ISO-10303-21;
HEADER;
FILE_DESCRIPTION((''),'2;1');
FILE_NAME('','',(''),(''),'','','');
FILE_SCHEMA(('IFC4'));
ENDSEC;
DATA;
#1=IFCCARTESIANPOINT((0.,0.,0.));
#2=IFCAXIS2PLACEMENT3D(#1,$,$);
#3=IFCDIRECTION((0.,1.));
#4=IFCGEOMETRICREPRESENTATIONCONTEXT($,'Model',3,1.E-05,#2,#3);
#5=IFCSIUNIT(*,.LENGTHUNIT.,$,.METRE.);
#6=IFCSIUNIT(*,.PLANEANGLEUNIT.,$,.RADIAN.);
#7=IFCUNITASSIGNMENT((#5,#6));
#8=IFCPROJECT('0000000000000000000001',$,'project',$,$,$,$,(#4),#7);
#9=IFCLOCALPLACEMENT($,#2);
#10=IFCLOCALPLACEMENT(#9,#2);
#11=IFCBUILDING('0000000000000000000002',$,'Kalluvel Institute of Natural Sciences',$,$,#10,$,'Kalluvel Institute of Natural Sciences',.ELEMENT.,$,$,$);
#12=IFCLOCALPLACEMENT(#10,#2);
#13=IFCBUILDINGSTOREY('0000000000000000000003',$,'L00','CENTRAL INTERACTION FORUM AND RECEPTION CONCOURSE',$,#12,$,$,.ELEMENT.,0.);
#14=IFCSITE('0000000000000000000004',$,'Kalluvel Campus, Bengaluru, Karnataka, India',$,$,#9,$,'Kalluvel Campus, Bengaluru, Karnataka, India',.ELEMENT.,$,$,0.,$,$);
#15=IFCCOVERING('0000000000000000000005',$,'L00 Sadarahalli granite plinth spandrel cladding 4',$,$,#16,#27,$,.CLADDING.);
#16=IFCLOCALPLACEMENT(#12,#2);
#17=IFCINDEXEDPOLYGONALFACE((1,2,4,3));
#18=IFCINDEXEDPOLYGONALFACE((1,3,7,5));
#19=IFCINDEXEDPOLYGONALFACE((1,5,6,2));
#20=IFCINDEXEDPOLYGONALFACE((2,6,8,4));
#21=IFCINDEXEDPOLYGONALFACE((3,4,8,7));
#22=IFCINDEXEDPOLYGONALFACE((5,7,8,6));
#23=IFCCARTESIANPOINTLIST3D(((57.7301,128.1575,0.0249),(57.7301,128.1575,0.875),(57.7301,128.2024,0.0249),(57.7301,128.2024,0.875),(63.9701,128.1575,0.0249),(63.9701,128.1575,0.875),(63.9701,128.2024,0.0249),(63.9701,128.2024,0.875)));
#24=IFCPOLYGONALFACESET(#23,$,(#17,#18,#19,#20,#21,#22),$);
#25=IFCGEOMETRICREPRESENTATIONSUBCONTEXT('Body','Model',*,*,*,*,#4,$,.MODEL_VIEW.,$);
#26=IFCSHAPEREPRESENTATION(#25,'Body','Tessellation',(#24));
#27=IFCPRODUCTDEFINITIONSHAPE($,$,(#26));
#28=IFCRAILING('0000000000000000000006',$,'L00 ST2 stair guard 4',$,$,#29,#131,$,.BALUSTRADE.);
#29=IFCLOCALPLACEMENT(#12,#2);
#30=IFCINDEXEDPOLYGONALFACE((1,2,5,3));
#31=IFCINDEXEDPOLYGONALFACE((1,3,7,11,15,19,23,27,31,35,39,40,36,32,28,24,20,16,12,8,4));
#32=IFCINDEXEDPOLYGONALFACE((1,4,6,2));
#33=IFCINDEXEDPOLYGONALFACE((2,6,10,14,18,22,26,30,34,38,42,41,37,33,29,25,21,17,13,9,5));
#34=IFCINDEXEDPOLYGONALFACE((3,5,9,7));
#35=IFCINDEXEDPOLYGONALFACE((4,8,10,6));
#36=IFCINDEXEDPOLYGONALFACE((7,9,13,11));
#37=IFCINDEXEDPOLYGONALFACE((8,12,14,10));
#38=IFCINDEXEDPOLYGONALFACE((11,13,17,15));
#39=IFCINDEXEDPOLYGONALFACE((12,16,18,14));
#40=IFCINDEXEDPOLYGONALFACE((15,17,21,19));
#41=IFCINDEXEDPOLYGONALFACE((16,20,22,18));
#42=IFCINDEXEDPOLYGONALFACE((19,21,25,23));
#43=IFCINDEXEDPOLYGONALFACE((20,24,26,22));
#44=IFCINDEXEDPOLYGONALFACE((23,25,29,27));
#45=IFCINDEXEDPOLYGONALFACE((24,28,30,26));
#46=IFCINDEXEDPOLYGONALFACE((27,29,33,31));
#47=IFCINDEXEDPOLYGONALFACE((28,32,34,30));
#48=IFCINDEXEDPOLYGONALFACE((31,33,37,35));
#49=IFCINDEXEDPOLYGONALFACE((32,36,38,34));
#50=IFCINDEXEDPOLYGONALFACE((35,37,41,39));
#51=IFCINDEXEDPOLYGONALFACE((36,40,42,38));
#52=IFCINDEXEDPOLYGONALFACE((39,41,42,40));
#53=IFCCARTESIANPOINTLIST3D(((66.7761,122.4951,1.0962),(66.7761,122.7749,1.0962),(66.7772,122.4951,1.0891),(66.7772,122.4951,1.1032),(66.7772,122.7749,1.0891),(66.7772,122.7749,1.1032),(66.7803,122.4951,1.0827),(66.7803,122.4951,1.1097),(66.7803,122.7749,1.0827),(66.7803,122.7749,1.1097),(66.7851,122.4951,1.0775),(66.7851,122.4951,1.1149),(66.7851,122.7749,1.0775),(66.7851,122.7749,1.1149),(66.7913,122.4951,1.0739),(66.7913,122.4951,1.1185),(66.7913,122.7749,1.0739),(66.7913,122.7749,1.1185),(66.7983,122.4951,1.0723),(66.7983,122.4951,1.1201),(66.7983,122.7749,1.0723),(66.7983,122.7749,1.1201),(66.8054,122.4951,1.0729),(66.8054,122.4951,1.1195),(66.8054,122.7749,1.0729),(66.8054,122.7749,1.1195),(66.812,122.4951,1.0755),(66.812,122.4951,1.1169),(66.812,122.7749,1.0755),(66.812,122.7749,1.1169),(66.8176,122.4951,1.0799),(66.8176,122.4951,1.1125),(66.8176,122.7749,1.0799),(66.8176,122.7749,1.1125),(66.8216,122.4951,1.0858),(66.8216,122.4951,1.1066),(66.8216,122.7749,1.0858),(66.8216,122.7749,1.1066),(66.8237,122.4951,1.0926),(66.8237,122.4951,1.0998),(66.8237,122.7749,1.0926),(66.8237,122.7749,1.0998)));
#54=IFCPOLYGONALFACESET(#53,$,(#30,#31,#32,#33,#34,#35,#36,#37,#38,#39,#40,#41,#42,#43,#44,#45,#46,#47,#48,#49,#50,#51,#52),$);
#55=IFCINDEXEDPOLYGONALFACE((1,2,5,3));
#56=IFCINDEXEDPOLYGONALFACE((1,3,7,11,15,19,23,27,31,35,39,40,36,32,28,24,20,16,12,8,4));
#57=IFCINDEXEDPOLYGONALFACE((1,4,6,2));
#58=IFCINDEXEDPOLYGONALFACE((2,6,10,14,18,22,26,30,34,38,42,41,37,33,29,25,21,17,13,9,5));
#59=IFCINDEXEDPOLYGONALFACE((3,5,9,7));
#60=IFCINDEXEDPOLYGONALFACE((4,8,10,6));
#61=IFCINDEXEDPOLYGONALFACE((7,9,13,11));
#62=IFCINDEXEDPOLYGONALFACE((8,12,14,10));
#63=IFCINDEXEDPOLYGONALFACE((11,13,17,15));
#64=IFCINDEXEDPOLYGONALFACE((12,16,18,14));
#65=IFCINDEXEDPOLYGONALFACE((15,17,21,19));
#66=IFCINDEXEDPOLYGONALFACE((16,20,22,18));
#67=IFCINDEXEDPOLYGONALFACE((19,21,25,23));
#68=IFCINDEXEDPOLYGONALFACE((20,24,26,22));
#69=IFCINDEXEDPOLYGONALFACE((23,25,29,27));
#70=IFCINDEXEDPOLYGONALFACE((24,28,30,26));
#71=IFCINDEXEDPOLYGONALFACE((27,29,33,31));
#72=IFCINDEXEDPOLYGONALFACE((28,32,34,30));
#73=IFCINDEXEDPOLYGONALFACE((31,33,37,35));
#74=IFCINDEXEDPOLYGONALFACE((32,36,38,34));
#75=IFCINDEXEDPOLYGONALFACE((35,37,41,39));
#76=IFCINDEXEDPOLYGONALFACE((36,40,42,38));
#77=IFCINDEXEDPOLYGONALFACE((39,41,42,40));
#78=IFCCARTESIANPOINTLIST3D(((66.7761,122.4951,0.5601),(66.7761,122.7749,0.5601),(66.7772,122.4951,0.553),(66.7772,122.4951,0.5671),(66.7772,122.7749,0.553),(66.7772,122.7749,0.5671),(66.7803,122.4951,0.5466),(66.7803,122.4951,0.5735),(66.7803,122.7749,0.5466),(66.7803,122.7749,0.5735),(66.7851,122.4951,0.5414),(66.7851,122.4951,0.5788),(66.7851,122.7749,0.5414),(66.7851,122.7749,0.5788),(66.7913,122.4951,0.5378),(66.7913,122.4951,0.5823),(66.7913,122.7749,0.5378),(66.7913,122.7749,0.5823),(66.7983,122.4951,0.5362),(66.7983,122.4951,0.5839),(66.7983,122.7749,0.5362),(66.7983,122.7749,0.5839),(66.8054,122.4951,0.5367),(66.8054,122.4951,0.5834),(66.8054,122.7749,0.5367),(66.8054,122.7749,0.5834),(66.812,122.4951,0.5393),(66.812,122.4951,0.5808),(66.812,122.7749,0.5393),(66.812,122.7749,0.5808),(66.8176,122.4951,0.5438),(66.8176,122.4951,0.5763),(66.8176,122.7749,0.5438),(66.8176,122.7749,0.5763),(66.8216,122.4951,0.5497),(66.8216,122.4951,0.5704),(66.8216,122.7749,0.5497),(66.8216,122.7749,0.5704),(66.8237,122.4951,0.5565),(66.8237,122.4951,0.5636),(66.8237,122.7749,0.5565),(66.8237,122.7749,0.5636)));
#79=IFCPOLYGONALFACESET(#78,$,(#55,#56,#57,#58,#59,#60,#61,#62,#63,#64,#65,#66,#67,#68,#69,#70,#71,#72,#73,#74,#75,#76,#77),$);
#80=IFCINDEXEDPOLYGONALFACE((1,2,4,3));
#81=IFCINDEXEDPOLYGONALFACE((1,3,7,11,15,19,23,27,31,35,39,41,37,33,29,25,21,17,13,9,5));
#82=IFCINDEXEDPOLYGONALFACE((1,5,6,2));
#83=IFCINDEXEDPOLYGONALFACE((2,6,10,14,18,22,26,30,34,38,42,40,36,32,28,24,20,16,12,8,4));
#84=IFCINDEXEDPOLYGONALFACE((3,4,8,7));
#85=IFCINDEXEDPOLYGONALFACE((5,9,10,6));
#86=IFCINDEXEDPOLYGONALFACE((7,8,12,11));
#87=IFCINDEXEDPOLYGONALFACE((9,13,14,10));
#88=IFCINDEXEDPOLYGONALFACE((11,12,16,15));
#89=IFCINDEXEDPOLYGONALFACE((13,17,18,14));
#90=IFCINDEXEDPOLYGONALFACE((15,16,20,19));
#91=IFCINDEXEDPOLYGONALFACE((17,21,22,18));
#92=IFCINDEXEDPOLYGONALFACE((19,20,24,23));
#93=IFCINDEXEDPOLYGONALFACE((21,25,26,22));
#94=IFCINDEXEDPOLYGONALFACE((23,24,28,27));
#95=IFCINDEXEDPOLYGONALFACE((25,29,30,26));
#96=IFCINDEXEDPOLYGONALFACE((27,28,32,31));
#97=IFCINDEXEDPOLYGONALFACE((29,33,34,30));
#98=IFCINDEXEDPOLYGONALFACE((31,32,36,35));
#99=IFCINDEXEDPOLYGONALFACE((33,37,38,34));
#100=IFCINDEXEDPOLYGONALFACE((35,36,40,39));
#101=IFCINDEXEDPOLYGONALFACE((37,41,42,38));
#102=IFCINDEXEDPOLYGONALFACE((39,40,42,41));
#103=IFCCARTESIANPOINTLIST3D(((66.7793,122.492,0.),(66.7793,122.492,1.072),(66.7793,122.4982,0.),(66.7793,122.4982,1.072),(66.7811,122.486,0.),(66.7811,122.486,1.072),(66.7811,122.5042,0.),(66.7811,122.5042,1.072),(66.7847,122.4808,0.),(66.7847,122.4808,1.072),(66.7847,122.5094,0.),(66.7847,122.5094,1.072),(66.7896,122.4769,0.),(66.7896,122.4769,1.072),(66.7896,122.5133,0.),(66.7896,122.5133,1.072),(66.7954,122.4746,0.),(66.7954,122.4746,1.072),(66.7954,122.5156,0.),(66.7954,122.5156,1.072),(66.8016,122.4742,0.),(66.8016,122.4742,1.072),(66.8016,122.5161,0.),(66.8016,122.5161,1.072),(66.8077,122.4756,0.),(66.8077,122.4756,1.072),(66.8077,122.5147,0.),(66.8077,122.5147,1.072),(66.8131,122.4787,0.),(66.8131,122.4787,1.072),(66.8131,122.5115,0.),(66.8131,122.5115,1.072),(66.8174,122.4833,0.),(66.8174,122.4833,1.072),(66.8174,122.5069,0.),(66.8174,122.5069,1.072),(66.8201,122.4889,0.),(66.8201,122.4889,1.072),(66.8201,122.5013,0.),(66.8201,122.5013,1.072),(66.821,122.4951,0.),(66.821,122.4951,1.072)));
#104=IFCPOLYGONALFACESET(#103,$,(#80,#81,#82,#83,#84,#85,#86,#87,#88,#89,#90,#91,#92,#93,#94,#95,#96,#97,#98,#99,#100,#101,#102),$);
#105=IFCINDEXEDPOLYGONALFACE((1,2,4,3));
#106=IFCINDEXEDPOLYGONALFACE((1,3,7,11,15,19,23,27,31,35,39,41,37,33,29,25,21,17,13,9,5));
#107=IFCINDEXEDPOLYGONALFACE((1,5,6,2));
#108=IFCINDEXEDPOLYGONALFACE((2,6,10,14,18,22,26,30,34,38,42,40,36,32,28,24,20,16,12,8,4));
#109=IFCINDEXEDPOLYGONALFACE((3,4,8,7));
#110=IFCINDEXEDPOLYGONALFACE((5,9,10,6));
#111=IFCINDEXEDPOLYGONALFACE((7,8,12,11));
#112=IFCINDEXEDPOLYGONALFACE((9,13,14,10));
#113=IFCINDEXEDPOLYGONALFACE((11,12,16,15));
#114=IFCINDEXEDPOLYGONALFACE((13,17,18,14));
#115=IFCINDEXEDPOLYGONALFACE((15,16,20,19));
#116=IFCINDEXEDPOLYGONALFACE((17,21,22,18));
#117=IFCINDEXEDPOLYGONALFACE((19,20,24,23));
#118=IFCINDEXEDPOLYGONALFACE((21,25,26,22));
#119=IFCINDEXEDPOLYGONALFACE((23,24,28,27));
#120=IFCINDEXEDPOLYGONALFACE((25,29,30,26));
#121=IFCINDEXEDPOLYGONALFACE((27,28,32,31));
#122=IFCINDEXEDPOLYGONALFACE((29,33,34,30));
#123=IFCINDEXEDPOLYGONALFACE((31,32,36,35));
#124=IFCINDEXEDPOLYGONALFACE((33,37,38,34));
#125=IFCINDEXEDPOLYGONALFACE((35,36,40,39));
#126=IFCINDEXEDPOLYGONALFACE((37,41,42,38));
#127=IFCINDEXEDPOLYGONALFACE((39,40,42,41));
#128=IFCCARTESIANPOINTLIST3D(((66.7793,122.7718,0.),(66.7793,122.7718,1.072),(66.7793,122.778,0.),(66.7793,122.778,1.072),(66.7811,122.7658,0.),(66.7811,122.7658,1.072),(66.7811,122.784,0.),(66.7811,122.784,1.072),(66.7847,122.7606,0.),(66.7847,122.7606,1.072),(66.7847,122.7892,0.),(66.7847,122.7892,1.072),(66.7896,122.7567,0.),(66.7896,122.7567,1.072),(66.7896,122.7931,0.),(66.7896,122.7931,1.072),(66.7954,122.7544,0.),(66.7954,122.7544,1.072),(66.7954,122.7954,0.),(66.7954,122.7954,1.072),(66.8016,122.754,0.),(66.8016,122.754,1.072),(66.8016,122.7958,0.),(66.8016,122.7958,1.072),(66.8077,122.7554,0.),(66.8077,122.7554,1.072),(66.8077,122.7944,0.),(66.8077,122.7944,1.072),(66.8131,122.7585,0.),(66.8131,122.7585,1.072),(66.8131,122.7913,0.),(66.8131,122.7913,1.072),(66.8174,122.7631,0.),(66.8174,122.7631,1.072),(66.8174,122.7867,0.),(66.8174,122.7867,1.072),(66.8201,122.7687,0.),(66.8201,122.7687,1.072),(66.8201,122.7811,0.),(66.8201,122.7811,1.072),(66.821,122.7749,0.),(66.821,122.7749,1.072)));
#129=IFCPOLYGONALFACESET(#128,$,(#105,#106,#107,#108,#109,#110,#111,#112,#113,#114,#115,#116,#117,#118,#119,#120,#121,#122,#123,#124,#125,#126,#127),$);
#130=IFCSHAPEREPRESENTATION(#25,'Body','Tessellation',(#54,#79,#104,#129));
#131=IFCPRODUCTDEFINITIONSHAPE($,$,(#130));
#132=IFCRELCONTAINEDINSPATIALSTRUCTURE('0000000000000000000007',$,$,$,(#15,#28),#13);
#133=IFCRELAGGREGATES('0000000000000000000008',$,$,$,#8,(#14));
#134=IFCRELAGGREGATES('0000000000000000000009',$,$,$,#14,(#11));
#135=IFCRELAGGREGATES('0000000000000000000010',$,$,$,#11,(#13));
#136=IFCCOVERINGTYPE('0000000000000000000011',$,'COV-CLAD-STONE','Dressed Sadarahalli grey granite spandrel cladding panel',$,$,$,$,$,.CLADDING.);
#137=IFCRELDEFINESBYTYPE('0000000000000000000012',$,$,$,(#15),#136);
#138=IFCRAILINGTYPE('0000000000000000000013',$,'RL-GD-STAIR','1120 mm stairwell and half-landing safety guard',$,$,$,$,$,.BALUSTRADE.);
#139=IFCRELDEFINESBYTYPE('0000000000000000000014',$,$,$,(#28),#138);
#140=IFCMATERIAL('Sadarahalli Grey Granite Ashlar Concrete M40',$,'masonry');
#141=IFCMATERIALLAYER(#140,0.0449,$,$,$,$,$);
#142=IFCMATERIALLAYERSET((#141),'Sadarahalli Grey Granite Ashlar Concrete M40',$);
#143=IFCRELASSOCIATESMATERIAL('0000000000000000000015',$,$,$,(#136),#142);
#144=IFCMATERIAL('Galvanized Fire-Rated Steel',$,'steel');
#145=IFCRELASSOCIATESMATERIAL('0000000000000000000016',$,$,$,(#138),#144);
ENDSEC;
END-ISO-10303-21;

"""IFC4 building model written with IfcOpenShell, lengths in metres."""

from ifc_helpers import new_model, si_unit, direction, frame, origin, origin_2d, place, context, subcontext, project, spatial, rectangle, circle, extrude, material, layer, layer_set, type_object, element, save


model = new_model("IFC4")

# Units and contexts
model_context = context("Model", 3, precision=1e-05, world=origin(), true_north=direction((0.0, 1.0)))
body_context = subcontext(model_context, "Body", "Model", "MODEL_VIEW")
ifc_project = project(units=[si_unit("LENGTHUNIT", "METRE"), si_unit("PLANEANGLEUNIT", "RADIAN")], contexts=[model_context])

# Site, building, storey
site_placement = place(None, origin())
site = spatial("IfcSite", under=ifc_project, at=site_placement, Name="Kalluvel Campus, Bengaluru, Karnataka, India", LongName="Kalluvel Campus, Bengaluru, Karnataka, India", CompositionType="ELEMENT", RefElevation=0.0)
building_placement = place(site_placement, origin())
building = spatial("IfcBuilding", under=site, at=building_placement, Name="Kalluvel Institute of Natural Sciences", LongName="Kalluvel Institute of Natural Sciences", CompositionType="ELEMENT")
storey_placement = place(building_placement, origin())
storey = spatial("IfcBuildingStorey", under=building, at=storey_placement, Name="L00", Description="CENTRAL INTERACTION FORUM AND RECEPTION CONCOURSE", CompositionType="ELEMENT", Elevation=0.0)

# Shared definitions
ifc_material_1 = material(Name="Galvanized Fire-Rated Steel", Category="steel")

# Shared definitions
ifc_material_2 = material(Name="Sadarahalli Grey Granite Ashlar Concrete M40", Category="masonry")

# Covering
ifc_layer_1 = layer(ifc_material_2, 0.0449)
ifc_layer_set_1 = layer_set([ifc_layer_1], Name="Sadarahalli Grey Granite Ashlar Concrete M40")
covering_type = type_object("IfcCoveringType", Name="COV-CLAD-STONE", Description="Dressed Sadarahalli grey granite spandrel cladding panel", PredefinedType="CLADDING", material=ifc_layer_set_1)
covering_placement = place(storey_placement, frame((60.8501, 128.1799, 0.0249), z_axis=(0.0, 0.0, 1.0), x_axis=(1.0, 0.0, 0.0)))
element("IfcCovering", 1, at=covering_placement, inside=storey, type_object=covering_type, Name="L00 Sadarahalli granite plinth spandrel cladding 4", PredefinedType="CLADDING", context=body_context, shape_type="SweptSolid", body=[
    extrude(rectangle(XDim=6.24, YDim=0.0449, at=origin_2d()), origin(), (0.0, 0.0, 1.0), 0.8501),
])

# Railing
railing_type_1 = type_object("IfcRailingType", Name="RL-GD-STAIR", Description="1120 mm stairwell and half-landing safety guard", PredefinedType="BALUSTRADE", material=ifc_material_1)
railing_1_placement = place(storey_placement, frame((66.8, 122.4951, 0.0)))
element("IfcRailing", 2, at=railing_1_placement, inside=storey, type_object=railing_type_1, Name="L00 ST2 stair guard 4", PredefinedType="BALUSTRADE", context=body_context, shape_type="SweptSolid", body=[
    extrude(circle(Radius=0.0239, at=origin_2d()), frame((0.0, 0.0, 1.0962), z_axis=(0.0, 1.0, 0.0), x_axis=(-1.0, 0.0, 0.0)), (0.0, 0.0, 1.0), 0.2798),
    extrude(circle(Radius=0.0239, at=origin_2d()), frame((0.0, 0.0, 0.5601), z_axis=(0.0, 1.0, 0.0), x_axis=(-1.0, 0.0, 0.0)), (0.0, 0.0, 1.0), 0.2798),
    extrude(circle(Radius=0.021, at=origin_2d()), origin(), (0.0, 0.0, 1.0), 1.072),
    extrude(circle(Radius=0.021, at=origin_2d()), frame((0.0, 0.2798, 0.0)), (0.0, 0.0, 1.0), 1.072),
])

save(model, "model.ifc")
